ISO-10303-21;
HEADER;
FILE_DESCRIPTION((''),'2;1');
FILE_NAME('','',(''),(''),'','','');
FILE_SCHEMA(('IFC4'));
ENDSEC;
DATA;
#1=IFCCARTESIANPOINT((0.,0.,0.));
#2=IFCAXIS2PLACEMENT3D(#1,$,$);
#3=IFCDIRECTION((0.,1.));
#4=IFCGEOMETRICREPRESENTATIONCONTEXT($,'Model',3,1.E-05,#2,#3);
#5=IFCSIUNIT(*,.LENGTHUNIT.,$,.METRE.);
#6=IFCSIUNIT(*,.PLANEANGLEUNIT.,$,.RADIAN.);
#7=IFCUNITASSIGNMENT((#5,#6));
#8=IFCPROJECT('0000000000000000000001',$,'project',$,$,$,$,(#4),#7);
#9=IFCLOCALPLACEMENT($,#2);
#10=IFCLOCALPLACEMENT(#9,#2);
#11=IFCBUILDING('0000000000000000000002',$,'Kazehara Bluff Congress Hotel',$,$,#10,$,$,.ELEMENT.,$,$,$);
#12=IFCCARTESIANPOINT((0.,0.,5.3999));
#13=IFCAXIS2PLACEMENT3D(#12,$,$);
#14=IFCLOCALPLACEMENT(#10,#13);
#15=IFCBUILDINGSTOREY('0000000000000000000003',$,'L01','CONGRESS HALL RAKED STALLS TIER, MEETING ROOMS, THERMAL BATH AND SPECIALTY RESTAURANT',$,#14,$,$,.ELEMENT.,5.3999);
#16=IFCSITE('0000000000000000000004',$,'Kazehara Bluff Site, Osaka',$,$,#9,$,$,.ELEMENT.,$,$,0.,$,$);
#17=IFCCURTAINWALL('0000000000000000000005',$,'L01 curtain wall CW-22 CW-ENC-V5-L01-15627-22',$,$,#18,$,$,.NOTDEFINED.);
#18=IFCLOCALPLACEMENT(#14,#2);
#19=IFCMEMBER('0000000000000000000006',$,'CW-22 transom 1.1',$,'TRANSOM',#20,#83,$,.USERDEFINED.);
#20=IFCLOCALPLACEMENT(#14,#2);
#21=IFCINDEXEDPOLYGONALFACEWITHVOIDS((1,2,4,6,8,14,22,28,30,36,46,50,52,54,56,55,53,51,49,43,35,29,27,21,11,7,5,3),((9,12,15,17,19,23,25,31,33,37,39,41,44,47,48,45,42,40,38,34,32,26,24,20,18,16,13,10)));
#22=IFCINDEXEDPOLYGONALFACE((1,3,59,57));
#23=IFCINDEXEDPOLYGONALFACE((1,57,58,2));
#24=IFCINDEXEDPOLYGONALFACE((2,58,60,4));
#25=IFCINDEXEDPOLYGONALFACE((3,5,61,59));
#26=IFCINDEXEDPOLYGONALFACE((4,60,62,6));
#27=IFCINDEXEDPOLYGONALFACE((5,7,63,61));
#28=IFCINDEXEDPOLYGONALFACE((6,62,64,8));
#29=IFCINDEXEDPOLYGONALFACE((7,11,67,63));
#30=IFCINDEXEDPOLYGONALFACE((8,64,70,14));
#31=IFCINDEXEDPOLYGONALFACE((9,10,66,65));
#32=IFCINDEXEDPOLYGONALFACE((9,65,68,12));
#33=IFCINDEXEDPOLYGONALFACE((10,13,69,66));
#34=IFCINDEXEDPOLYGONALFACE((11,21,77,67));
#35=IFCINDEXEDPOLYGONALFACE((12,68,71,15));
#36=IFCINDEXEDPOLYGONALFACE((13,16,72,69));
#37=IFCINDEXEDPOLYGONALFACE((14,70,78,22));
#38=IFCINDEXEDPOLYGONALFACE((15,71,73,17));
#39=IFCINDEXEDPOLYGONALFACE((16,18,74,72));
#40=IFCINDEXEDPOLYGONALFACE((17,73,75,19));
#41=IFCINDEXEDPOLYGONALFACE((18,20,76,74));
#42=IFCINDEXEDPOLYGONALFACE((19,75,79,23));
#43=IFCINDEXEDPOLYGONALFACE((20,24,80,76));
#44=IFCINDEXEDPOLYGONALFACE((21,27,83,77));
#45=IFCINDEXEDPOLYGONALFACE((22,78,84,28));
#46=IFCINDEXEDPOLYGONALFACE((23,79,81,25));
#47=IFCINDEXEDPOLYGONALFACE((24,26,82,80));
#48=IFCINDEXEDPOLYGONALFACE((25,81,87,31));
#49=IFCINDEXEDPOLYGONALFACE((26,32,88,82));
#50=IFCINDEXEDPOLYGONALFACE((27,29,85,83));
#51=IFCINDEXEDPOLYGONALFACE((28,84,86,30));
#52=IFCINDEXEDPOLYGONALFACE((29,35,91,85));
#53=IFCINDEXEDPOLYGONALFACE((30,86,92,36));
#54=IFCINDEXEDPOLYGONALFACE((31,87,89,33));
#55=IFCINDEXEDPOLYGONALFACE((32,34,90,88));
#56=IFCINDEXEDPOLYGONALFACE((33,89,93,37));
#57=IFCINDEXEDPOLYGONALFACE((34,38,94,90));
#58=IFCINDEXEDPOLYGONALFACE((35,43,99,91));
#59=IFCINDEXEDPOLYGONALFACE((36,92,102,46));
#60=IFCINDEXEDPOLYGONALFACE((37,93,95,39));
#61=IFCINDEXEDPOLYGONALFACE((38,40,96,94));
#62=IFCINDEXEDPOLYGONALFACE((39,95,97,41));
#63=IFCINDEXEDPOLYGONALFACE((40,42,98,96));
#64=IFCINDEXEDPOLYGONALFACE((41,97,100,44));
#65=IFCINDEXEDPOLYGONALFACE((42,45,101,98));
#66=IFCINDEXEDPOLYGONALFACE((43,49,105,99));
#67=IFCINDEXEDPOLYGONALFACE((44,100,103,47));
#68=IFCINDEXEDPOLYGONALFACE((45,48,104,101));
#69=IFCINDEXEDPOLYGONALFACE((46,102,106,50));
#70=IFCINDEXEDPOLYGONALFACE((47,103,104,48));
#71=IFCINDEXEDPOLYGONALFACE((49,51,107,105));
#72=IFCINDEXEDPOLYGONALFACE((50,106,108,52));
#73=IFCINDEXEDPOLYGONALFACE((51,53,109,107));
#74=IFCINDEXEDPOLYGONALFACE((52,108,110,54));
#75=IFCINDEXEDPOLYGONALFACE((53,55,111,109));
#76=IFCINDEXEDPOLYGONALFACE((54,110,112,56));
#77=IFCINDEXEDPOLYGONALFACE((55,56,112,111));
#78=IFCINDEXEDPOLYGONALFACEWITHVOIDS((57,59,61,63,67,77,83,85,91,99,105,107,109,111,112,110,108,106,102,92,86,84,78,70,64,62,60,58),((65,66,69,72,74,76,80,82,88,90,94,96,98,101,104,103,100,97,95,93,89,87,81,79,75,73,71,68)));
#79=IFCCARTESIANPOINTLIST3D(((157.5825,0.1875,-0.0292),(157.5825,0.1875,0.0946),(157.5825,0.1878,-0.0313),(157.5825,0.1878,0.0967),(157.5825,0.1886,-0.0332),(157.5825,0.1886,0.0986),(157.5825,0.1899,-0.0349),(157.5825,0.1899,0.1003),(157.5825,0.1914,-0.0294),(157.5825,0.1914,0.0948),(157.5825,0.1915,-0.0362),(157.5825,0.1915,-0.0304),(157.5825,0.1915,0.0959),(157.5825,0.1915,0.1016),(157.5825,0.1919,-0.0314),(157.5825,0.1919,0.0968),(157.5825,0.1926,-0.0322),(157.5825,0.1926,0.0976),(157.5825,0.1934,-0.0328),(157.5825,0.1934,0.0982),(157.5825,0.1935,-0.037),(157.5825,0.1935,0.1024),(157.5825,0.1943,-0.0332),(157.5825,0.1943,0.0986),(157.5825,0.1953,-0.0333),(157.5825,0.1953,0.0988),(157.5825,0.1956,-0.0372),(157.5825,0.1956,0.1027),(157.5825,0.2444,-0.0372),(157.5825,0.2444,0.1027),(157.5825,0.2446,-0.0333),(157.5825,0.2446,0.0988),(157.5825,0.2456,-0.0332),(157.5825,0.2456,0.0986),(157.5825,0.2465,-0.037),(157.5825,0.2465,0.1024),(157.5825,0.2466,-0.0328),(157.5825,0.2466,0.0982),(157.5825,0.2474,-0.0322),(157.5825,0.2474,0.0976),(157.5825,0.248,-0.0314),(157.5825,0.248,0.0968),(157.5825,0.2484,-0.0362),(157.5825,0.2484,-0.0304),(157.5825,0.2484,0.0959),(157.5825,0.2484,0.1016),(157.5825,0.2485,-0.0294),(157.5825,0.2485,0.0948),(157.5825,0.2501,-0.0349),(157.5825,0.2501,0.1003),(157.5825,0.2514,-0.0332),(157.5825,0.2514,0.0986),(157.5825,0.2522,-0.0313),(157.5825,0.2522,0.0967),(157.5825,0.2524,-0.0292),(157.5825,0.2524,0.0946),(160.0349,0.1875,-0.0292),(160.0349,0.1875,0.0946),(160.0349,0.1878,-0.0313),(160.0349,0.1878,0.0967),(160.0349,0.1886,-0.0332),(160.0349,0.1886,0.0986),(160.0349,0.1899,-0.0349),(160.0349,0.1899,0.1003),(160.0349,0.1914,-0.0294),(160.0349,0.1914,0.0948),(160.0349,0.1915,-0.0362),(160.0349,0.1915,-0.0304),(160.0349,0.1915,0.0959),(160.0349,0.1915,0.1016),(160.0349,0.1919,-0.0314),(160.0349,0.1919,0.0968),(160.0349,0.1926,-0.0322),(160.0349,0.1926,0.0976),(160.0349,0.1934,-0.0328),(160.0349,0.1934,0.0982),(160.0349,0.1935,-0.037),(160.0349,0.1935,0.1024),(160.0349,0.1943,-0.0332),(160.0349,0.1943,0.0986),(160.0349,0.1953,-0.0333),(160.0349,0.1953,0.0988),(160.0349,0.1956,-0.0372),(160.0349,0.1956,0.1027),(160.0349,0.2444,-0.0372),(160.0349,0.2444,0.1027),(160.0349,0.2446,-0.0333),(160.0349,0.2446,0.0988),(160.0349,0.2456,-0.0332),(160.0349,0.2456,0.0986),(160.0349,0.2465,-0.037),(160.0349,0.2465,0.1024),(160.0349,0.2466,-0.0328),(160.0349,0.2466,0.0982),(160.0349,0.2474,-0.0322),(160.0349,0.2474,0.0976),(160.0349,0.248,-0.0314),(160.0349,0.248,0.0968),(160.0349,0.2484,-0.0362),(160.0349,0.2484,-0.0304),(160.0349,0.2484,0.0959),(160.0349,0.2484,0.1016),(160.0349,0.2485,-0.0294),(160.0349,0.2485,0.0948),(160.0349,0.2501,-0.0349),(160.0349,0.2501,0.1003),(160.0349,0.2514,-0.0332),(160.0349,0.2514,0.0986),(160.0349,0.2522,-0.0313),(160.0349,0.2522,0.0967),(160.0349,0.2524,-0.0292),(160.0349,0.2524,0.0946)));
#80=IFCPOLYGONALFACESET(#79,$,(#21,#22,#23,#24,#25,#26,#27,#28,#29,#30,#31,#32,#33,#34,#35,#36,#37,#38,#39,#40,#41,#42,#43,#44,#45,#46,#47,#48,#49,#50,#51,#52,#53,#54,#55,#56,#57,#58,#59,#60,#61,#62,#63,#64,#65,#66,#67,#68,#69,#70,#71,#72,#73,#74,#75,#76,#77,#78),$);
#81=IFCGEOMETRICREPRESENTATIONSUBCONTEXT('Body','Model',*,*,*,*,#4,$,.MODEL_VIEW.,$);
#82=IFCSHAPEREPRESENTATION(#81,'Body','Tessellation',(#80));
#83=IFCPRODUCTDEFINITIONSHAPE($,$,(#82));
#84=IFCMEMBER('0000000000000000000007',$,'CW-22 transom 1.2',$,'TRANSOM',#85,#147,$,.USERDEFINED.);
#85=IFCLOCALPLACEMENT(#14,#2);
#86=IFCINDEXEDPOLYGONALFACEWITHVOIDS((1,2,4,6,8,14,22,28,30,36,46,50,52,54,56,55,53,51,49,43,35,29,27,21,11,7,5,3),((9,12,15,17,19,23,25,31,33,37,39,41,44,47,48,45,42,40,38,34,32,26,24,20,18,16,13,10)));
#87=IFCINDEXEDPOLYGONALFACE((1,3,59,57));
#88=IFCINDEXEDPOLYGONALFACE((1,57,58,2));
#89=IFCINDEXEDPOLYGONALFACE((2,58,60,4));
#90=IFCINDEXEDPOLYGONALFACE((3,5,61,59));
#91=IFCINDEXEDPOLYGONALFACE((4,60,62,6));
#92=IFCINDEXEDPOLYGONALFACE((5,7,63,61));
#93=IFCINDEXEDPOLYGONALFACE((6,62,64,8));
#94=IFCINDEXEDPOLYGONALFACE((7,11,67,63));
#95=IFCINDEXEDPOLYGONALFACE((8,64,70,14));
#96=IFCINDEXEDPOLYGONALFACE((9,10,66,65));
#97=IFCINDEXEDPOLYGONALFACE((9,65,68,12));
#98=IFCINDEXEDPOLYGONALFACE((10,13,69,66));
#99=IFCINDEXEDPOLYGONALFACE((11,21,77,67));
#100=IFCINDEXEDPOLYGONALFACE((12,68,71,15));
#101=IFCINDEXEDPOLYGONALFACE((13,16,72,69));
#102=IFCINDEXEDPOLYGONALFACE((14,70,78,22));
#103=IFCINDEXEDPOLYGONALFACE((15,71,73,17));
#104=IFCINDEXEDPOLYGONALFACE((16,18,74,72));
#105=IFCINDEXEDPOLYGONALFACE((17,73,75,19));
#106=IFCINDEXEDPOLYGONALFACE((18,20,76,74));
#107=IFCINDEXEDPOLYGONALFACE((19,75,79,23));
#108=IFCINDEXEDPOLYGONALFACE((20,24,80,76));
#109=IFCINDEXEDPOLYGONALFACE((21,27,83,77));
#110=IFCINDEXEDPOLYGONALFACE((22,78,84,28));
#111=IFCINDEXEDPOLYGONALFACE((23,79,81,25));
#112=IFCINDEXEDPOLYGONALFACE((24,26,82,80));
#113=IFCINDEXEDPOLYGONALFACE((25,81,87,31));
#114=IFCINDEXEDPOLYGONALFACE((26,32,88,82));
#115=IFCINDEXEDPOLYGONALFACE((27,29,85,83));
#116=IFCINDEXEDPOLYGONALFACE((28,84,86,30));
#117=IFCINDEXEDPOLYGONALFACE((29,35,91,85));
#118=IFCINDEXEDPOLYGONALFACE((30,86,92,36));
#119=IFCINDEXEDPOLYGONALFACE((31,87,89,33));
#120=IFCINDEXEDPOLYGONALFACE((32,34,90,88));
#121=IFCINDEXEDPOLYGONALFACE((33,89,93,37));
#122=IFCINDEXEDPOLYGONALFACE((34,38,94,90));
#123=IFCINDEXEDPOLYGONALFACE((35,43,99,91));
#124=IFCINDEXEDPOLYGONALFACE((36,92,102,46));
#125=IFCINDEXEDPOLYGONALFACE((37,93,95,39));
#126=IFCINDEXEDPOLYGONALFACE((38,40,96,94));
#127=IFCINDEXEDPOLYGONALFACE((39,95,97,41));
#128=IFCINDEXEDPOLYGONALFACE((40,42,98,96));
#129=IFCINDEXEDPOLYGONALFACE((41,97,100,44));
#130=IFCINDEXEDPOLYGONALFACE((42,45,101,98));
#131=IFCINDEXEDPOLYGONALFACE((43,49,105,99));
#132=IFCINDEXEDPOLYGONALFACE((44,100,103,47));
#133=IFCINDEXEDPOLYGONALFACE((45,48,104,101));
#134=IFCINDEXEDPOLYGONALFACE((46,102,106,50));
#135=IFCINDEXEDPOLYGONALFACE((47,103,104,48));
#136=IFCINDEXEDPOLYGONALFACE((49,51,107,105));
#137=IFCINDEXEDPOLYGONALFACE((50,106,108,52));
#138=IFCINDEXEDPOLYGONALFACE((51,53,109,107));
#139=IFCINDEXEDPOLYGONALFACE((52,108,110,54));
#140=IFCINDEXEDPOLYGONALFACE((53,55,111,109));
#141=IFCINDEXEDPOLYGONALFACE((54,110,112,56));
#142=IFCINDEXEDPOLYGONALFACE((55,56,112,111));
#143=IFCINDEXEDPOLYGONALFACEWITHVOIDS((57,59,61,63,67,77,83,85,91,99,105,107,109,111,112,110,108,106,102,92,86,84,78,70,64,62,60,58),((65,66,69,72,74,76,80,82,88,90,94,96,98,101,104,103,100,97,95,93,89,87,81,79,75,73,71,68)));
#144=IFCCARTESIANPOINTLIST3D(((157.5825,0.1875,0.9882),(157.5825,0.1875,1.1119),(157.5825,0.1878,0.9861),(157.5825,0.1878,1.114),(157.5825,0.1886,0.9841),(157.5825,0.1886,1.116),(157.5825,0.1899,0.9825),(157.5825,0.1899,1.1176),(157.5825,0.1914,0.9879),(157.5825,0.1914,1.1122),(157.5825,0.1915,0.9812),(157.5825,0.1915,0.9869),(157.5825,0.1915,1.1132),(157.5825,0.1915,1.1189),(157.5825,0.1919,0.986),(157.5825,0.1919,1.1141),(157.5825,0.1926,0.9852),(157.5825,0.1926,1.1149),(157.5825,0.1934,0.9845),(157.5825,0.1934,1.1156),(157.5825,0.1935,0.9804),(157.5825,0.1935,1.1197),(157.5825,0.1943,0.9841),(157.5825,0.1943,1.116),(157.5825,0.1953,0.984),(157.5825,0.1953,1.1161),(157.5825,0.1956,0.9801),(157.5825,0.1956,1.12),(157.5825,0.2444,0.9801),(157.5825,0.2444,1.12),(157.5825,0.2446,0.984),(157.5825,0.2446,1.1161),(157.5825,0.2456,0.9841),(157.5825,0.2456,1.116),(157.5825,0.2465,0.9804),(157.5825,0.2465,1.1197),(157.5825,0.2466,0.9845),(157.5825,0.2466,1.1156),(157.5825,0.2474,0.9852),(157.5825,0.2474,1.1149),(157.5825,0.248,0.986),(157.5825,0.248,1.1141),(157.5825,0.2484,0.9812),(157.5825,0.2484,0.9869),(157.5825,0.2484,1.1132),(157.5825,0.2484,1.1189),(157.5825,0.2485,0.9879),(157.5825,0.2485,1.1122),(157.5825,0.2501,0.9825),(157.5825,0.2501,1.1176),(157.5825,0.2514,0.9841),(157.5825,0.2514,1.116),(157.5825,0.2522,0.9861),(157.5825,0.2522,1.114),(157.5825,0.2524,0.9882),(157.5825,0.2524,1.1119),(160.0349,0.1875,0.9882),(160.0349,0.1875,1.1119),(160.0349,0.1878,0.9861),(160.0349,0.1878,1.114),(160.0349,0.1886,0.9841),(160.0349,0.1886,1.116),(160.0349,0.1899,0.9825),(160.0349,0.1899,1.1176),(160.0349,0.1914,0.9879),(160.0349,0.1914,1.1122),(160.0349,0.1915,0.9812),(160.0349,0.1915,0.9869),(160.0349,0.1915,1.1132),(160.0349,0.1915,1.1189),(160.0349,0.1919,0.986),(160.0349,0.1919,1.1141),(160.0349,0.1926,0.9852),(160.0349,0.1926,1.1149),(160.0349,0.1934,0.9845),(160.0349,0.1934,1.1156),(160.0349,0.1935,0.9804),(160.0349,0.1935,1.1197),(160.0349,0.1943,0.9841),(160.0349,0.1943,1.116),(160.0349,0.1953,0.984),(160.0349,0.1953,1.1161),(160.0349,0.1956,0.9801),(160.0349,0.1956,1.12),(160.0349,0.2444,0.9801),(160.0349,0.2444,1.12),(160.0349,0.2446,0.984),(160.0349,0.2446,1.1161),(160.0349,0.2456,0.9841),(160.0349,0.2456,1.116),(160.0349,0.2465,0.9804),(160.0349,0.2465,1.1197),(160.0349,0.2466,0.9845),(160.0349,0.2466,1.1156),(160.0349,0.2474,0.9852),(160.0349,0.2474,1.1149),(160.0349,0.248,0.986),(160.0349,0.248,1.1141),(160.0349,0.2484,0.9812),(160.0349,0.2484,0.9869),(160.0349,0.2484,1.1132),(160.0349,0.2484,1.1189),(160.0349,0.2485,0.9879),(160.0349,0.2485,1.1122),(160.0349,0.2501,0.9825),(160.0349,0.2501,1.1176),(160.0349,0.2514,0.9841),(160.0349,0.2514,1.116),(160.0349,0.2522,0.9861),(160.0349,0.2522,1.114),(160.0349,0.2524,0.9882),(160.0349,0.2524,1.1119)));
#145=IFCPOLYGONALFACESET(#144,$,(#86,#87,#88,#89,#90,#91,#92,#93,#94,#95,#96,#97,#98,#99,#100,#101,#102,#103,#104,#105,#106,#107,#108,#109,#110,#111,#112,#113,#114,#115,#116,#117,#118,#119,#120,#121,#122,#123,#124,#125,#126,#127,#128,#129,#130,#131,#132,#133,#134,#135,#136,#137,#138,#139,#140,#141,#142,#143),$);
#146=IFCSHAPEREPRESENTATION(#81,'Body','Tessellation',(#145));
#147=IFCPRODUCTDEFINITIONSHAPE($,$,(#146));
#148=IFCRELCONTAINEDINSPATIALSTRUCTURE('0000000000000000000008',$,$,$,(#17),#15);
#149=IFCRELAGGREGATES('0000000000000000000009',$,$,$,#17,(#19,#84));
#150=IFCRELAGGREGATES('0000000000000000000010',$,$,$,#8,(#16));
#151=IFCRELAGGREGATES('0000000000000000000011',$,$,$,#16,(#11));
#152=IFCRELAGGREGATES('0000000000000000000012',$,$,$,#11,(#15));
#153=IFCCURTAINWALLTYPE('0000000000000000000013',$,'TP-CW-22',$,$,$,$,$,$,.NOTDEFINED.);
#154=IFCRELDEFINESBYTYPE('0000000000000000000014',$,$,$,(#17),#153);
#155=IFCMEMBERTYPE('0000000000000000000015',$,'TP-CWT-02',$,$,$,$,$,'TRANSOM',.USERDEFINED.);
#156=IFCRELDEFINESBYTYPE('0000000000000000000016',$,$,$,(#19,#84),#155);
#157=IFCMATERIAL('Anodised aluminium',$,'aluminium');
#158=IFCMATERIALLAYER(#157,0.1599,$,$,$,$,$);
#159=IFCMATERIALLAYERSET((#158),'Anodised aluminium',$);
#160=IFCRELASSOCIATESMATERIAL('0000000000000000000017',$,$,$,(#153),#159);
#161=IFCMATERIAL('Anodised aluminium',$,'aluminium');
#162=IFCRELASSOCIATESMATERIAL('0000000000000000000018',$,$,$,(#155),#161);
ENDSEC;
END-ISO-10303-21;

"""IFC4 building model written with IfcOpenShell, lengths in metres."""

from ifc_helpers import new_model, si_unit, direction, frame, origin, origin_2d, place, context, subcontext, project, spatial, hollow_rectangle, extrude, material, layer, layer_set, material_profile, profile_set, type_object, element, aggregate, save


model = new_model("IFC4")

# Units and contexts
model_context = context("Model", 3, precision=1e-05, world=origin(), true_north=direction((0.0, 1.0)))
body_context = subcontext(model_context, "Body", "Model", "MODEL_VIEW")
ifc_project = project(units=[si_unit("LENGTHUNIT", "METRE"), si_unit("PLANEANGLEUNIT", "RADIAN")], contexts=[model_context])

# Site, building, storey
site_placement = place(None, origin())
site = spatial("IfcSite", under=ifc_project, at=site_placement, Name="Kazehara Bluff Site, Osaka", CompositionType="ELEMENT", RefElevation=0.0)
building_placement = place(site_placement, origin())
building = spatial("IfcBuilding", under=site, at=building_placement, Name="Kazehara Bluff Congress Hotel", CompositionType="ELEMENT")
storey_placement = place(building_placement, frame((0.0, 0.0, 5.3999)))
storey = spatial("IfcBuildingStorey", under=building, at=storey_placement, Name="L01", Description="CONGRESS HALL RAKED STALLS TIER, MEETING ROOMS, THERMAL BATH AND SPECIALTY RESTAURANT", CompositionType="ELEMENT", Elevation=5.3999)

# Curtain wall, members
ifc_material_1 = material(Name="Anodised aluminium", Category="aluminium")
ifc_layer_1 = layer(ifc_material_1, 0.1599)
ifc_layer_set_1 = layer_set([ifc_layer_1], Name="Anodised aluminium")
curtain_wall_type_1 = type_object("IfcCurtainWallType", Name="TP-CW-22", PredefinedType="NOTDEFINED", material=ifc_layer_set_1)
curtain_wall_1_placement = place(storey_placement, origin())
curtain_wall_1 = element("IfcCurtainWall", 1, at=curtain_wall_1_placement, inside=storey, type_object=curtain_wall_type_1, Name="L01 curtain wall CW-22 CW-ENC-V5-L01-15627-22", PredefinedType="NOTDEFINED")
ifc_material_2 = material(Name="Anodised aluminium", Category="aluminium")
ifc_material_profile_1 = material_profile(ifc_material_2, hollow_rectangle(XDim=0.0649, YDim=0.1399, WallThickness=0.0039, InnerFilletRadius=0.0039, OuterFilletRadius=0.0081, at=origin_2d()))
ifc_profile_set_1 = profile_set([ifc_material_profile_1], Name="Anodised aluminium")
member_type_1 = type_object("IfcMemberType", Name="TP-CWT-02", ElementType="TRANSOM", PredefinedType="USERDEFINED", material=ifc_profile_set_1)
member_1_placement = place(storey_placement, frame((160.0349, 0.22, 0.0327), z_axis=(-1.0, 0.0, 0.0), x_axis=(0.0, -1.0, 0.0)))
member_1 = element("IfcMember", 2, at=member_1_placement, type_object=member_type_1, Name="CW-22 transom 1.1", ObjectType="TRANSOM", PredefinedType="USERDEFINED", context=body_context, shape_type="SweptSolid", body=[
    extrude(hollow_rectangle(XDim=0.0649, YDim=0.1399, WallThickness=0.0039, InnerFilletRadius=0.0039, OuterFilletRadius=0.0081, at=origin_2d()), origin(), (0.0, 0.0, 1.0), 2.4524),
])
member_2_placement = place(storey_placement, frame((160.0349, 0.22, 1.05), z_axis=(-1.0, 0.0, 0.0), x_axis=(0.0, -1.0, 0.0)))
member_2 = element("IfcMember", 3, at=member_2_placement, type_object=member_type_1, Name="CW-22 transom 1.2", ObjectType="TRANSOM", PredefinedType="USERDEFINED", context=body_context, shape_type="SweptSolid", body=[
    extrude(hollow_rectangle(XDim=0.0649, YDim=0.1399, WallThickness=0.0039, InnerFilletRadius=0.0039, OuterFilletRadius=0.0081, at=origin_2d()), origin(), (0.0, 0.0, 1.0), 2.4524),
])
aggregate(curtain_wall_1, [member_1, member_2])

save(model, "model.ifc")
